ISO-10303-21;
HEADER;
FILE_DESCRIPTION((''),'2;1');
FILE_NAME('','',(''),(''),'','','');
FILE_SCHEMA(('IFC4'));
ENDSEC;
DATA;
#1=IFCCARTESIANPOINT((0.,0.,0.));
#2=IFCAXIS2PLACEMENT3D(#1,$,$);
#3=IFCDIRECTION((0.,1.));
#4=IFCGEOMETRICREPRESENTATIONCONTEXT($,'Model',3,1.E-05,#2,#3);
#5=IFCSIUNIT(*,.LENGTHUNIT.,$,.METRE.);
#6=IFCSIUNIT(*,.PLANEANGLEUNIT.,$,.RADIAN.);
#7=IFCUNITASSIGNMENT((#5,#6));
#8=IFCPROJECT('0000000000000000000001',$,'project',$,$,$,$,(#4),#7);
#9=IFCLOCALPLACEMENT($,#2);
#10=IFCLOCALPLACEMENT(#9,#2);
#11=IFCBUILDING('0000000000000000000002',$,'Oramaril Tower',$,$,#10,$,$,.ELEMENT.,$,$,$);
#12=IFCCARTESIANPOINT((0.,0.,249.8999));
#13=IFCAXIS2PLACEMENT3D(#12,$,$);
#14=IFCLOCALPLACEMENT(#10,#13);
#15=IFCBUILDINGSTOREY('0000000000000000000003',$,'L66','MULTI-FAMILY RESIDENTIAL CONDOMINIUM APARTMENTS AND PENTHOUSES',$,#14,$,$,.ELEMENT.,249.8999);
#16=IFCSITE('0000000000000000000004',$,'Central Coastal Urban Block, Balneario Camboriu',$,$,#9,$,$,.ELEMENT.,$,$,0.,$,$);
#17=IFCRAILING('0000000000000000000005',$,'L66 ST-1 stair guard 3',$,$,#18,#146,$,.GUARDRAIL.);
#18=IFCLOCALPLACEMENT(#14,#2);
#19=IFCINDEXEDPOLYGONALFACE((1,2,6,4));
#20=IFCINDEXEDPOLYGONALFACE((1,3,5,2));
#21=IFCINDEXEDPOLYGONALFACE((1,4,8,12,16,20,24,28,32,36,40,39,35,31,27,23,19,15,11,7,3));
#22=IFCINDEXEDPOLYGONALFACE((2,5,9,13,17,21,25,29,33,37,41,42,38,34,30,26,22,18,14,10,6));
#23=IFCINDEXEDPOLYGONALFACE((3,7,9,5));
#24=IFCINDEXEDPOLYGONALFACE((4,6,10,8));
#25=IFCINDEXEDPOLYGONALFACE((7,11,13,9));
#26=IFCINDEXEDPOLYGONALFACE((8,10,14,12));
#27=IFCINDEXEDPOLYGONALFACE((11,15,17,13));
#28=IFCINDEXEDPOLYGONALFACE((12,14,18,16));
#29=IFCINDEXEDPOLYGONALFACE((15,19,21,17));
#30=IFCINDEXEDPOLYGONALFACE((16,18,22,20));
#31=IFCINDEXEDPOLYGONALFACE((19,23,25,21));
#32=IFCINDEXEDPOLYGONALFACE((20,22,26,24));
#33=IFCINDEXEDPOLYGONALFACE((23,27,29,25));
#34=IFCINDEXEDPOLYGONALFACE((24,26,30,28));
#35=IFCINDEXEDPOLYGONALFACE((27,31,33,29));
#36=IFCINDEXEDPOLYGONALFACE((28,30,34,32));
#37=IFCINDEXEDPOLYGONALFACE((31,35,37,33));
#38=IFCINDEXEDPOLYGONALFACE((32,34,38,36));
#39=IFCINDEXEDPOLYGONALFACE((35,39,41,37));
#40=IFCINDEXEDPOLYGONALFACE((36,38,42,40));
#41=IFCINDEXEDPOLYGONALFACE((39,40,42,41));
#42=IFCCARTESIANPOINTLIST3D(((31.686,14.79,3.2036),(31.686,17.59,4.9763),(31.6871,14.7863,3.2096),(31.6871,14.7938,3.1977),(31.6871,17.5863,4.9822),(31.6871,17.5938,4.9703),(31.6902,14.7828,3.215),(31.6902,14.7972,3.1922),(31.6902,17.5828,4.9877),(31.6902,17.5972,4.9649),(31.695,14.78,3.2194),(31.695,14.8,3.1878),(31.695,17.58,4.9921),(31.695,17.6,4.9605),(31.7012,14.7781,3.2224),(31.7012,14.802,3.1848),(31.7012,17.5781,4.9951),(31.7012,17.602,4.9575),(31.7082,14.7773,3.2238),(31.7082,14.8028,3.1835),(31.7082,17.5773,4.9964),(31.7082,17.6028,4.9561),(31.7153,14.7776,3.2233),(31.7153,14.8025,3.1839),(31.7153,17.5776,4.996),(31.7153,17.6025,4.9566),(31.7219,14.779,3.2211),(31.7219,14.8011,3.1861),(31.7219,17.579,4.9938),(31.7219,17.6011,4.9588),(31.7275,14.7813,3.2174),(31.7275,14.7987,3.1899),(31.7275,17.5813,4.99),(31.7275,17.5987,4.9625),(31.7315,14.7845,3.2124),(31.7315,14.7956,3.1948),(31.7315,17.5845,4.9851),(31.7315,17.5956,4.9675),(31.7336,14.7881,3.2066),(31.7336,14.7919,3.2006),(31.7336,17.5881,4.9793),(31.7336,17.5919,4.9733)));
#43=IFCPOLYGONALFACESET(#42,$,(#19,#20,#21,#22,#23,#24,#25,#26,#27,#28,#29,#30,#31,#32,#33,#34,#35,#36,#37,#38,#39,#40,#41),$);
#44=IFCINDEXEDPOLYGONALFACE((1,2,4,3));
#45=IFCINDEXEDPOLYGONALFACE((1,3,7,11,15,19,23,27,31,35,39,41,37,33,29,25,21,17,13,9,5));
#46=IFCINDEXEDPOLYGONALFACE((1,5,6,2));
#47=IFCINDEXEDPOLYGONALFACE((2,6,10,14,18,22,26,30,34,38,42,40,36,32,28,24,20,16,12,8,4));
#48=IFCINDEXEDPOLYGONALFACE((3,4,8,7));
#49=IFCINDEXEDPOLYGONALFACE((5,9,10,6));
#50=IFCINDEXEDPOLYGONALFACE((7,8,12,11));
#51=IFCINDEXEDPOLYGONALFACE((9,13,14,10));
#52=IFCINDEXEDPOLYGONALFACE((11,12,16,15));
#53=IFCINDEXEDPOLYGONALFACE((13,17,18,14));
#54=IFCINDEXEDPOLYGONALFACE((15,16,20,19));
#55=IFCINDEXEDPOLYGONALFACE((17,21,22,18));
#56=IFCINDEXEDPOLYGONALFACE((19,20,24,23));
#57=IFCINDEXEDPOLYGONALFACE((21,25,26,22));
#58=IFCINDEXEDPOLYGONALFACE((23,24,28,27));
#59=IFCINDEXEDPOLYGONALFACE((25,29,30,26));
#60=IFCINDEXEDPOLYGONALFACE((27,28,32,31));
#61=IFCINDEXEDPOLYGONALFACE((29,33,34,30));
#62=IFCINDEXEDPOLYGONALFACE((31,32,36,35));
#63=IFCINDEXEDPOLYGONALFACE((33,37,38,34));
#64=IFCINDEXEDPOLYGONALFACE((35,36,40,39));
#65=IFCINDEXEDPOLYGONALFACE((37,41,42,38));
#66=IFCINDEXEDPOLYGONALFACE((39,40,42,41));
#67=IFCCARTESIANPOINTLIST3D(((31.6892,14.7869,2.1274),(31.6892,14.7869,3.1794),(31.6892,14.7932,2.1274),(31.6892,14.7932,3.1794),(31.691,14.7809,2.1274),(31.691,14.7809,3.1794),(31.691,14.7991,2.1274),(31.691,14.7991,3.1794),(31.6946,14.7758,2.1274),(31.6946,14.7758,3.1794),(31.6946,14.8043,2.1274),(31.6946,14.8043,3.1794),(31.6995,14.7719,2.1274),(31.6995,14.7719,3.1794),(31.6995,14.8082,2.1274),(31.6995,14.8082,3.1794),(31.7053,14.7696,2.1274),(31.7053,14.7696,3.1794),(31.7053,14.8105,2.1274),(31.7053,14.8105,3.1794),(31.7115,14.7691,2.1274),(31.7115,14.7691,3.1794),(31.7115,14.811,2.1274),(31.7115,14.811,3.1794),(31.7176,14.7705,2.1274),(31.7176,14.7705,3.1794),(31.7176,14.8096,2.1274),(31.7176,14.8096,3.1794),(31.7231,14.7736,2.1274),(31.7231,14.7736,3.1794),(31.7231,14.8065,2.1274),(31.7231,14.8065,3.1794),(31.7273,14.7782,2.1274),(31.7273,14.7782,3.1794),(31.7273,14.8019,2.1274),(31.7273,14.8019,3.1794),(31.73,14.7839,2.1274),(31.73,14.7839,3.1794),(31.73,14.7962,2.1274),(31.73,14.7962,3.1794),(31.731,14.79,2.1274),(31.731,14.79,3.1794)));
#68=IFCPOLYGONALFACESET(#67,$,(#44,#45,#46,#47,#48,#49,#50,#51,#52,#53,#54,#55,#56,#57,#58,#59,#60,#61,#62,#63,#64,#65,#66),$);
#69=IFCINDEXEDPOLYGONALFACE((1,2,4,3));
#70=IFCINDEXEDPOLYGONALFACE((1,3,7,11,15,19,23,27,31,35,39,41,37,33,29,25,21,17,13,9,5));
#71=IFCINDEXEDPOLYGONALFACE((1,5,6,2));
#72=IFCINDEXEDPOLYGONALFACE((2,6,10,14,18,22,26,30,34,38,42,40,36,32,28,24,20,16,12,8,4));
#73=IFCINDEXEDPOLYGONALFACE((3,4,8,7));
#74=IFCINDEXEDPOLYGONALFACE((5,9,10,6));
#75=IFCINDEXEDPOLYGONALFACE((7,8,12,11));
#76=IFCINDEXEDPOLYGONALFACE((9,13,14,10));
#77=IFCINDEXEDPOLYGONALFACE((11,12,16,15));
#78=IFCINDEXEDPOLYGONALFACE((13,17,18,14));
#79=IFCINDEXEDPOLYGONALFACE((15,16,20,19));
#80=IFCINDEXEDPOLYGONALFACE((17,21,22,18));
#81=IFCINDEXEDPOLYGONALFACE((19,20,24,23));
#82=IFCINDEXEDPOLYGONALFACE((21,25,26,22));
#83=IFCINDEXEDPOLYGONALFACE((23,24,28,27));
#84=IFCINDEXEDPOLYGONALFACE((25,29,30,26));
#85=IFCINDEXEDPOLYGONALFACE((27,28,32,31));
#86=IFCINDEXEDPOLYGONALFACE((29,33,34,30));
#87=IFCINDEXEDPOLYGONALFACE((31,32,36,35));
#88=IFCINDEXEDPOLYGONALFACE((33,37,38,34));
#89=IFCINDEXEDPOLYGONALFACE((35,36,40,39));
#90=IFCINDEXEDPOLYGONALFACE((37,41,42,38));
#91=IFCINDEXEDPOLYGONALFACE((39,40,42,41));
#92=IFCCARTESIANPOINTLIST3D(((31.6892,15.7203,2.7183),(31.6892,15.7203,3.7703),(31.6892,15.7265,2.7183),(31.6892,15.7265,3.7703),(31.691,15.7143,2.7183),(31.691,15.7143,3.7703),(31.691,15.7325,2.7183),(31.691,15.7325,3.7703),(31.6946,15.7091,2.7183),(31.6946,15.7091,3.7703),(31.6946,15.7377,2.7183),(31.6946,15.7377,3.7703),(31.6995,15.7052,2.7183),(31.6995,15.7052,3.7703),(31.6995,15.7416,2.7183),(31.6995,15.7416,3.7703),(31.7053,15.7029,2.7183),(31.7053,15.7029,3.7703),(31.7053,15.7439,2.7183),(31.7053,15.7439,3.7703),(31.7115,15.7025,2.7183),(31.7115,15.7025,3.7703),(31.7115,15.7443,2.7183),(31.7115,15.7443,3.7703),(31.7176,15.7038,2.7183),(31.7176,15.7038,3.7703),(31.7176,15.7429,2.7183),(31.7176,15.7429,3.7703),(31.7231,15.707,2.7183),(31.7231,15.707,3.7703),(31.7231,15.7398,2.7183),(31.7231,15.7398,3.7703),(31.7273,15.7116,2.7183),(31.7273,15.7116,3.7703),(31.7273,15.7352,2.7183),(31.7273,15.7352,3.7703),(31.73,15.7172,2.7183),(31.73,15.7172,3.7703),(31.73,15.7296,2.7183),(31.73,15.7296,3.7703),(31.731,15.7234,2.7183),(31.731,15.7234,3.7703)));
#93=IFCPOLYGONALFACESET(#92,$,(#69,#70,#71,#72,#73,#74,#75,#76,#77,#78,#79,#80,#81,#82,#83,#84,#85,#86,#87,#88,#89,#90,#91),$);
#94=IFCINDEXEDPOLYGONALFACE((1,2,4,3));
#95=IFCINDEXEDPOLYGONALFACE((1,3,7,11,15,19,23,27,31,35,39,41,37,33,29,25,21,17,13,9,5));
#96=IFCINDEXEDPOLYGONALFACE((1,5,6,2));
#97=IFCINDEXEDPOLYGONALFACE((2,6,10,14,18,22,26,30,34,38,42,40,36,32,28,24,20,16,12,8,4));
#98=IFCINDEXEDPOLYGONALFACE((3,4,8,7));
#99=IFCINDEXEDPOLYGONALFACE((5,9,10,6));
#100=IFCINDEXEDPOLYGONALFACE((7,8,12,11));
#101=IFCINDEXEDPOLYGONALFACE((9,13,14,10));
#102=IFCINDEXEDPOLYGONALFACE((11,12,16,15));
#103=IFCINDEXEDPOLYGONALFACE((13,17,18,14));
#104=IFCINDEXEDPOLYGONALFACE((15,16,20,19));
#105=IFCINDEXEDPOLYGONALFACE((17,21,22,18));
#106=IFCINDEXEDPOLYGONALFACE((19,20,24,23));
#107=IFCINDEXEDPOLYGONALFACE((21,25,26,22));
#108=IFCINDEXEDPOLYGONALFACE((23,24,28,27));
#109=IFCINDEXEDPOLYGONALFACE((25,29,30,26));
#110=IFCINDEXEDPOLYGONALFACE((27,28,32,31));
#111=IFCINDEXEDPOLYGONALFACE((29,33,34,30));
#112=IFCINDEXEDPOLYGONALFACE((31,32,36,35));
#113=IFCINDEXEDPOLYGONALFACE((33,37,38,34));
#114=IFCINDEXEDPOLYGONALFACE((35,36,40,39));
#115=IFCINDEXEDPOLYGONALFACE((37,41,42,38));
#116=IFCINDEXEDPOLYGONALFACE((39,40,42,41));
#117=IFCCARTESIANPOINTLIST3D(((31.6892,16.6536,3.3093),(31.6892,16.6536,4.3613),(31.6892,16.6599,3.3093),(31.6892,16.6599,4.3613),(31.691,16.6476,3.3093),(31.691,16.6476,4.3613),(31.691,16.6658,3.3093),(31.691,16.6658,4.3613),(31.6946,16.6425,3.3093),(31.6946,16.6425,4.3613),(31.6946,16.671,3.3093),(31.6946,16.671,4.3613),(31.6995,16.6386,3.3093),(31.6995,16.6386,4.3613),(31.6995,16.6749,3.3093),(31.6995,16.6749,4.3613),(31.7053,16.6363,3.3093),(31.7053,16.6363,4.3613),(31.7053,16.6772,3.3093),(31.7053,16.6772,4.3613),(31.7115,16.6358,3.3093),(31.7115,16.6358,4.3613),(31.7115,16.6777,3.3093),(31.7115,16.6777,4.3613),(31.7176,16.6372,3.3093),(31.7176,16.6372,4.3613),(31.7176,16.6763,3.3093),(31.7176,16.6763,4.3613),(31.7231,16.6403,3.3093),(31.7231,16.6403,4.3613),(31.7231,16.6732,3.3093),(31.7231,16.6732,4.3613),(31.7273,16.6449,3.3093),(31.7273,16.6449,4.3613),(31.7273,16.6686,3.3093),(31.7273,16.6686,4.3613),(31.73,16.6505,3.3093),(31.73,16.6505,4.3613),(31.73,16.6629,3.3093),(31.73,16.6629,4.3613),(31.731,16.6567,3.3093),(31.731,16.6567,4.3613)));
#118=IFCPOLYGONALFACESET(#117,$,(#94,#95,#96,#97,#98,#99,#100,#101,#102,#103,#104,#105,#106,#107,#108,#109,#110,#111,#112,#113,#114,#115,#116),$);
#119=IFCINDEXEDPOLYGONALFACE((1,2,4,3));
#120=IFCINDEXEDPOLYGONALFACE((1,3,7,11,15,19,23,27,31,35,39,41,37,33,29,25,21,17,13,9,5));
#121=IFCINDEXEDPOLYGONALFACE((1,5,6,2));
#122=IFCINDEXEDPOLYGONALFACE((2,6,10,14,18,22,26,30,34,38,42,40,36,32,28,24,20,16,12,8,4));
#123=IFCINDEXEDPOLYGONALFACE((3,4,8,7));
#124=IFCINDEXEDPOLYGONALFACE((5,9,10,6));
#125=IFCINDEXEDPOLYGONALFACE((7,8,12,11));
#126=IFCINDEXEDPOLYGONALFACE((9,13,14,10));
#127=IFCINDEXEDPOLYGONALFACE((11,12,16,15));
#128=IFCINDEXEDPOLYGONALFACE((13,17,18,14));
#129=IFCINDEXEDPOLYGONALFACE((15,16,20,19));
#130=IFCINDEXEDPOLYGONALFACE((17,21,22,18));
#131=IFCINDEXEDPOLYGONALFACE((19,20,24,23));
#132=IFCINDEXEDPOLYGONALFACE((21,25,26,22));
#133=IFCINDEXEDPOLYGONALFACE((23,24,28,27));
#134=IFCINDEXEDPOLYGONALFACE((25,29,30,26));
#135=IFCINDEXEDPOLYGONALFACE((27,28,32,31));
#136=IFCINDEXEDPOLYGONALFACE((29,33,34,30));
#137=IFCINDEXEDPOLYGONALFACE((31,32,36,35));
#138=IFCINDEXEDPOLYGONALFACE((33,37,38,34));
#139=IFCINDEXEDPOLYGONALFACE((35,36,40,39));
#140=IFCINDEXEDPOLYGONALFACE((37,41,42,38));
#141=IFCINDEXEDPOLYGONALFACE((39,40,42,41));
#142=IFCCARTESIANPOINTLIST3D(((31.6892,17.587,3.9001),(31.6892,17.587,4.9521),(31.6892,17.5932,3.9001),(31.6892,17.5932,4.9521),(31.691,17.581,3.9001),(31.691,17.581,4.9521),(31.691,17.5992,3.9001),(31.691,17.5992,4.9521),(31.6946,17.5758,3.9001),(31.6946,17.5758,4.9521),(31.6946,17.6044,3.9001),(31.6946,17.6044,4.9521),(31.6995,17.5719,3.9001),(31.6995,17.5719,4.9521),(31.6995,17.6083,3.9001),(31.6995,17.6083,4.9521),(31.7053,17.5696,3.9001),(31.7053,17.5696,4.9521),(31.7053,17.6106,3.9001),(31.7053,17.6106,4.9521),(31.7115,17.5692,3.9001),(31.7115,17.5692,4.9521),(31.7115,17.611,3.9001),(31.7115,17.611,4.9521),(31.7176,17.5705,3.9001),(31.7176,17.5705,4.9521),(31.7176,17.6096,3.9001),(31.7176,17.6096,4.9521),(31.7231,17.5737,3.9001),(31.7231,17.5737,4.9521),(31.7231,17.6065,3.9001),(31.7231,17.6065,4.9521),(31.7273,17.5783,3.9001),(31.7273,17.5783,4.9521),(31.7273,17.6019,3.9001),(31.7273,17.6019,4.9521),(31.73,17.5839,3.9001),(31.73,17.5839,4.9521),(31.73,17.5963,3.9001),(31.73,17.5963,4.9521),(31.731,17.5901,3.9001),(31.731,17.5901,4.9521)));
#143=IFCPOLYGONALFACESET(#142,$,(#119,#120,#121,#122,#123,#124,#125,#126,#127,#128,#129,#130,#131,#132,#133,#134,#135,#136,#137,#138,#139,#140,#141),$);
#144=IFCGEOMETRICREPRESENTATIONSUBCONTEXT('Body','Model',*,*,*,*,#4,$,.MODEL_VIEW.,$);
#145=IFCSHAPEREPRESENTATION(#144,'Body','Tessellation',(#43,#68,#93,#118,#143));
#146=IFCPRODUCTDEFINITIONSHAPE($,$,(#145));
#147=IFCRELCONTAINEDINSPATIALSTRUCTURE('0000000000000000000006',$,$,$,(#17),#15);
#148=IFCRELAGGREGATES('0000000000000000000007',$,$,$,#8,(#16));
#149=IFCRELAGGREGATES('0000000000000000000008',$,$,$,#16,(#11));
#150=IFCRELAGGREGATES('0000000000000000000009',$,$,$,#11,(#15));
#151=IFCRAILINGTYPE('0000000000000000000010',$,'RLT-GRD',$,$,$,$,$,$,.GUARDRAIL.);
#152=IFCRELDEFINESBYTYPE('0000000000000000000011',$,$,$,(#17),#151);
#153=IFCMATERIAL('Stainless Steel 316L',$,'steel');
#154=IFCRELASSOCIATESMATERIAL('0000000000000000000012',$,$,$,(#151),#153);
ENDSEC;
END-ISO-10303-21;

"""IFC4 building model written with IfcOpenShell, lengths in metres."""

from ifc_helpers import new_model, si_unit, direction, frame, origin, origin_2d, place, context, subcontext, project, spatial, circle, extrude, material, type_object, element, save


model = new_model("IFC4")

# Units and contexts
model_context = context("Model", 3, precision=1e-05, world=origin(), true_north=direction((0.0, 1.0)))
body_context = subcontext(model_context, "Body", "Model", "MODEL_VIEW")
ifc_project = project(units=[si_unit("LENGTHUNIT", "METRE"), si_unit("PLANEANGLEUNIT", "RADIAN")], contexts=[model_context])

# Site, building, storey
site_placement = place(None, origin())
site = spatial("IfcSite", under=ifc_project, at=site_placement, Name="Central Coastal Urban Block, Balneario Camboriu", CompositionType="ELEMENT", RefElevation=0.0)
building_placement = place(site_placement, origin())
building = spatial("IfcBuilding", under=site, at=building_placement, Name="Oramaril Tower", CompositionType="ELEMENT")
storey_placement = place(building_placement, frame((0.0, 0.0, 249.8999)))
storey = spatial("IfcBuildingStorey", under=building, at=storey_placement, Name="L66", Description="MULTI-FAMILY RESIDENTIAL CONDOMINIUM APARTMENTS AND PENTHOUSES", CompositionType="ELEMENT", Elevation=249.8999)

# Railing
ifc_material_1 = material(Name="Stainless Steel 316L", Category="steel")
railing_type_1 = type_object("IfcRailingType", Name="RLT-GRD", PredefinedType="GUARDRAIL", material=ifc_material_1)
railing_1_placement = place(storey_placement, frame((31.71, 14.79, 2.1274)))
element("IfcRailing", 1, at=railing_1_placement, inside=storey, type_object=railing_type_1, Name="L66 ST-1 stair guard 3", PredefinedType="GUARDRAIL", context=body_context, shape_type="SweptSolid", body=[
    extrude(circle(Radius=0.0239, at=origin_2d()), frame((0.0, 0.0, 1.0762), z_axis=(0.0, 0.844909, 0.53491), x_axis=(-1.0, 0.0, 0.0)), (0.0, 0.0, 1.0), 3.314),
    extrude(circle(Radius=0.021, at=origin_2d()), origin(), (0.0, 0.0, 1.0), 1.052),
    extrude(circle(Radius=0.021, at=origin_2d()), frame((0.0, 0.9333, 0.5908)), (0.0, 0.0, 1.0), 1.052),
    extrude(circle(Radius=0.021, at=origin_2d()), frame((0.0, 1.8667, 1.1819)), (0.0, 0.0, 1.0), 1.052),
    extrude(circle(Radius=0.021, at=origin_2d()), frame((0.0, 2.8, 1.7727)), (0.0, 0.0, 1.0), 1.052),
])

save(model, "model.ifc")
